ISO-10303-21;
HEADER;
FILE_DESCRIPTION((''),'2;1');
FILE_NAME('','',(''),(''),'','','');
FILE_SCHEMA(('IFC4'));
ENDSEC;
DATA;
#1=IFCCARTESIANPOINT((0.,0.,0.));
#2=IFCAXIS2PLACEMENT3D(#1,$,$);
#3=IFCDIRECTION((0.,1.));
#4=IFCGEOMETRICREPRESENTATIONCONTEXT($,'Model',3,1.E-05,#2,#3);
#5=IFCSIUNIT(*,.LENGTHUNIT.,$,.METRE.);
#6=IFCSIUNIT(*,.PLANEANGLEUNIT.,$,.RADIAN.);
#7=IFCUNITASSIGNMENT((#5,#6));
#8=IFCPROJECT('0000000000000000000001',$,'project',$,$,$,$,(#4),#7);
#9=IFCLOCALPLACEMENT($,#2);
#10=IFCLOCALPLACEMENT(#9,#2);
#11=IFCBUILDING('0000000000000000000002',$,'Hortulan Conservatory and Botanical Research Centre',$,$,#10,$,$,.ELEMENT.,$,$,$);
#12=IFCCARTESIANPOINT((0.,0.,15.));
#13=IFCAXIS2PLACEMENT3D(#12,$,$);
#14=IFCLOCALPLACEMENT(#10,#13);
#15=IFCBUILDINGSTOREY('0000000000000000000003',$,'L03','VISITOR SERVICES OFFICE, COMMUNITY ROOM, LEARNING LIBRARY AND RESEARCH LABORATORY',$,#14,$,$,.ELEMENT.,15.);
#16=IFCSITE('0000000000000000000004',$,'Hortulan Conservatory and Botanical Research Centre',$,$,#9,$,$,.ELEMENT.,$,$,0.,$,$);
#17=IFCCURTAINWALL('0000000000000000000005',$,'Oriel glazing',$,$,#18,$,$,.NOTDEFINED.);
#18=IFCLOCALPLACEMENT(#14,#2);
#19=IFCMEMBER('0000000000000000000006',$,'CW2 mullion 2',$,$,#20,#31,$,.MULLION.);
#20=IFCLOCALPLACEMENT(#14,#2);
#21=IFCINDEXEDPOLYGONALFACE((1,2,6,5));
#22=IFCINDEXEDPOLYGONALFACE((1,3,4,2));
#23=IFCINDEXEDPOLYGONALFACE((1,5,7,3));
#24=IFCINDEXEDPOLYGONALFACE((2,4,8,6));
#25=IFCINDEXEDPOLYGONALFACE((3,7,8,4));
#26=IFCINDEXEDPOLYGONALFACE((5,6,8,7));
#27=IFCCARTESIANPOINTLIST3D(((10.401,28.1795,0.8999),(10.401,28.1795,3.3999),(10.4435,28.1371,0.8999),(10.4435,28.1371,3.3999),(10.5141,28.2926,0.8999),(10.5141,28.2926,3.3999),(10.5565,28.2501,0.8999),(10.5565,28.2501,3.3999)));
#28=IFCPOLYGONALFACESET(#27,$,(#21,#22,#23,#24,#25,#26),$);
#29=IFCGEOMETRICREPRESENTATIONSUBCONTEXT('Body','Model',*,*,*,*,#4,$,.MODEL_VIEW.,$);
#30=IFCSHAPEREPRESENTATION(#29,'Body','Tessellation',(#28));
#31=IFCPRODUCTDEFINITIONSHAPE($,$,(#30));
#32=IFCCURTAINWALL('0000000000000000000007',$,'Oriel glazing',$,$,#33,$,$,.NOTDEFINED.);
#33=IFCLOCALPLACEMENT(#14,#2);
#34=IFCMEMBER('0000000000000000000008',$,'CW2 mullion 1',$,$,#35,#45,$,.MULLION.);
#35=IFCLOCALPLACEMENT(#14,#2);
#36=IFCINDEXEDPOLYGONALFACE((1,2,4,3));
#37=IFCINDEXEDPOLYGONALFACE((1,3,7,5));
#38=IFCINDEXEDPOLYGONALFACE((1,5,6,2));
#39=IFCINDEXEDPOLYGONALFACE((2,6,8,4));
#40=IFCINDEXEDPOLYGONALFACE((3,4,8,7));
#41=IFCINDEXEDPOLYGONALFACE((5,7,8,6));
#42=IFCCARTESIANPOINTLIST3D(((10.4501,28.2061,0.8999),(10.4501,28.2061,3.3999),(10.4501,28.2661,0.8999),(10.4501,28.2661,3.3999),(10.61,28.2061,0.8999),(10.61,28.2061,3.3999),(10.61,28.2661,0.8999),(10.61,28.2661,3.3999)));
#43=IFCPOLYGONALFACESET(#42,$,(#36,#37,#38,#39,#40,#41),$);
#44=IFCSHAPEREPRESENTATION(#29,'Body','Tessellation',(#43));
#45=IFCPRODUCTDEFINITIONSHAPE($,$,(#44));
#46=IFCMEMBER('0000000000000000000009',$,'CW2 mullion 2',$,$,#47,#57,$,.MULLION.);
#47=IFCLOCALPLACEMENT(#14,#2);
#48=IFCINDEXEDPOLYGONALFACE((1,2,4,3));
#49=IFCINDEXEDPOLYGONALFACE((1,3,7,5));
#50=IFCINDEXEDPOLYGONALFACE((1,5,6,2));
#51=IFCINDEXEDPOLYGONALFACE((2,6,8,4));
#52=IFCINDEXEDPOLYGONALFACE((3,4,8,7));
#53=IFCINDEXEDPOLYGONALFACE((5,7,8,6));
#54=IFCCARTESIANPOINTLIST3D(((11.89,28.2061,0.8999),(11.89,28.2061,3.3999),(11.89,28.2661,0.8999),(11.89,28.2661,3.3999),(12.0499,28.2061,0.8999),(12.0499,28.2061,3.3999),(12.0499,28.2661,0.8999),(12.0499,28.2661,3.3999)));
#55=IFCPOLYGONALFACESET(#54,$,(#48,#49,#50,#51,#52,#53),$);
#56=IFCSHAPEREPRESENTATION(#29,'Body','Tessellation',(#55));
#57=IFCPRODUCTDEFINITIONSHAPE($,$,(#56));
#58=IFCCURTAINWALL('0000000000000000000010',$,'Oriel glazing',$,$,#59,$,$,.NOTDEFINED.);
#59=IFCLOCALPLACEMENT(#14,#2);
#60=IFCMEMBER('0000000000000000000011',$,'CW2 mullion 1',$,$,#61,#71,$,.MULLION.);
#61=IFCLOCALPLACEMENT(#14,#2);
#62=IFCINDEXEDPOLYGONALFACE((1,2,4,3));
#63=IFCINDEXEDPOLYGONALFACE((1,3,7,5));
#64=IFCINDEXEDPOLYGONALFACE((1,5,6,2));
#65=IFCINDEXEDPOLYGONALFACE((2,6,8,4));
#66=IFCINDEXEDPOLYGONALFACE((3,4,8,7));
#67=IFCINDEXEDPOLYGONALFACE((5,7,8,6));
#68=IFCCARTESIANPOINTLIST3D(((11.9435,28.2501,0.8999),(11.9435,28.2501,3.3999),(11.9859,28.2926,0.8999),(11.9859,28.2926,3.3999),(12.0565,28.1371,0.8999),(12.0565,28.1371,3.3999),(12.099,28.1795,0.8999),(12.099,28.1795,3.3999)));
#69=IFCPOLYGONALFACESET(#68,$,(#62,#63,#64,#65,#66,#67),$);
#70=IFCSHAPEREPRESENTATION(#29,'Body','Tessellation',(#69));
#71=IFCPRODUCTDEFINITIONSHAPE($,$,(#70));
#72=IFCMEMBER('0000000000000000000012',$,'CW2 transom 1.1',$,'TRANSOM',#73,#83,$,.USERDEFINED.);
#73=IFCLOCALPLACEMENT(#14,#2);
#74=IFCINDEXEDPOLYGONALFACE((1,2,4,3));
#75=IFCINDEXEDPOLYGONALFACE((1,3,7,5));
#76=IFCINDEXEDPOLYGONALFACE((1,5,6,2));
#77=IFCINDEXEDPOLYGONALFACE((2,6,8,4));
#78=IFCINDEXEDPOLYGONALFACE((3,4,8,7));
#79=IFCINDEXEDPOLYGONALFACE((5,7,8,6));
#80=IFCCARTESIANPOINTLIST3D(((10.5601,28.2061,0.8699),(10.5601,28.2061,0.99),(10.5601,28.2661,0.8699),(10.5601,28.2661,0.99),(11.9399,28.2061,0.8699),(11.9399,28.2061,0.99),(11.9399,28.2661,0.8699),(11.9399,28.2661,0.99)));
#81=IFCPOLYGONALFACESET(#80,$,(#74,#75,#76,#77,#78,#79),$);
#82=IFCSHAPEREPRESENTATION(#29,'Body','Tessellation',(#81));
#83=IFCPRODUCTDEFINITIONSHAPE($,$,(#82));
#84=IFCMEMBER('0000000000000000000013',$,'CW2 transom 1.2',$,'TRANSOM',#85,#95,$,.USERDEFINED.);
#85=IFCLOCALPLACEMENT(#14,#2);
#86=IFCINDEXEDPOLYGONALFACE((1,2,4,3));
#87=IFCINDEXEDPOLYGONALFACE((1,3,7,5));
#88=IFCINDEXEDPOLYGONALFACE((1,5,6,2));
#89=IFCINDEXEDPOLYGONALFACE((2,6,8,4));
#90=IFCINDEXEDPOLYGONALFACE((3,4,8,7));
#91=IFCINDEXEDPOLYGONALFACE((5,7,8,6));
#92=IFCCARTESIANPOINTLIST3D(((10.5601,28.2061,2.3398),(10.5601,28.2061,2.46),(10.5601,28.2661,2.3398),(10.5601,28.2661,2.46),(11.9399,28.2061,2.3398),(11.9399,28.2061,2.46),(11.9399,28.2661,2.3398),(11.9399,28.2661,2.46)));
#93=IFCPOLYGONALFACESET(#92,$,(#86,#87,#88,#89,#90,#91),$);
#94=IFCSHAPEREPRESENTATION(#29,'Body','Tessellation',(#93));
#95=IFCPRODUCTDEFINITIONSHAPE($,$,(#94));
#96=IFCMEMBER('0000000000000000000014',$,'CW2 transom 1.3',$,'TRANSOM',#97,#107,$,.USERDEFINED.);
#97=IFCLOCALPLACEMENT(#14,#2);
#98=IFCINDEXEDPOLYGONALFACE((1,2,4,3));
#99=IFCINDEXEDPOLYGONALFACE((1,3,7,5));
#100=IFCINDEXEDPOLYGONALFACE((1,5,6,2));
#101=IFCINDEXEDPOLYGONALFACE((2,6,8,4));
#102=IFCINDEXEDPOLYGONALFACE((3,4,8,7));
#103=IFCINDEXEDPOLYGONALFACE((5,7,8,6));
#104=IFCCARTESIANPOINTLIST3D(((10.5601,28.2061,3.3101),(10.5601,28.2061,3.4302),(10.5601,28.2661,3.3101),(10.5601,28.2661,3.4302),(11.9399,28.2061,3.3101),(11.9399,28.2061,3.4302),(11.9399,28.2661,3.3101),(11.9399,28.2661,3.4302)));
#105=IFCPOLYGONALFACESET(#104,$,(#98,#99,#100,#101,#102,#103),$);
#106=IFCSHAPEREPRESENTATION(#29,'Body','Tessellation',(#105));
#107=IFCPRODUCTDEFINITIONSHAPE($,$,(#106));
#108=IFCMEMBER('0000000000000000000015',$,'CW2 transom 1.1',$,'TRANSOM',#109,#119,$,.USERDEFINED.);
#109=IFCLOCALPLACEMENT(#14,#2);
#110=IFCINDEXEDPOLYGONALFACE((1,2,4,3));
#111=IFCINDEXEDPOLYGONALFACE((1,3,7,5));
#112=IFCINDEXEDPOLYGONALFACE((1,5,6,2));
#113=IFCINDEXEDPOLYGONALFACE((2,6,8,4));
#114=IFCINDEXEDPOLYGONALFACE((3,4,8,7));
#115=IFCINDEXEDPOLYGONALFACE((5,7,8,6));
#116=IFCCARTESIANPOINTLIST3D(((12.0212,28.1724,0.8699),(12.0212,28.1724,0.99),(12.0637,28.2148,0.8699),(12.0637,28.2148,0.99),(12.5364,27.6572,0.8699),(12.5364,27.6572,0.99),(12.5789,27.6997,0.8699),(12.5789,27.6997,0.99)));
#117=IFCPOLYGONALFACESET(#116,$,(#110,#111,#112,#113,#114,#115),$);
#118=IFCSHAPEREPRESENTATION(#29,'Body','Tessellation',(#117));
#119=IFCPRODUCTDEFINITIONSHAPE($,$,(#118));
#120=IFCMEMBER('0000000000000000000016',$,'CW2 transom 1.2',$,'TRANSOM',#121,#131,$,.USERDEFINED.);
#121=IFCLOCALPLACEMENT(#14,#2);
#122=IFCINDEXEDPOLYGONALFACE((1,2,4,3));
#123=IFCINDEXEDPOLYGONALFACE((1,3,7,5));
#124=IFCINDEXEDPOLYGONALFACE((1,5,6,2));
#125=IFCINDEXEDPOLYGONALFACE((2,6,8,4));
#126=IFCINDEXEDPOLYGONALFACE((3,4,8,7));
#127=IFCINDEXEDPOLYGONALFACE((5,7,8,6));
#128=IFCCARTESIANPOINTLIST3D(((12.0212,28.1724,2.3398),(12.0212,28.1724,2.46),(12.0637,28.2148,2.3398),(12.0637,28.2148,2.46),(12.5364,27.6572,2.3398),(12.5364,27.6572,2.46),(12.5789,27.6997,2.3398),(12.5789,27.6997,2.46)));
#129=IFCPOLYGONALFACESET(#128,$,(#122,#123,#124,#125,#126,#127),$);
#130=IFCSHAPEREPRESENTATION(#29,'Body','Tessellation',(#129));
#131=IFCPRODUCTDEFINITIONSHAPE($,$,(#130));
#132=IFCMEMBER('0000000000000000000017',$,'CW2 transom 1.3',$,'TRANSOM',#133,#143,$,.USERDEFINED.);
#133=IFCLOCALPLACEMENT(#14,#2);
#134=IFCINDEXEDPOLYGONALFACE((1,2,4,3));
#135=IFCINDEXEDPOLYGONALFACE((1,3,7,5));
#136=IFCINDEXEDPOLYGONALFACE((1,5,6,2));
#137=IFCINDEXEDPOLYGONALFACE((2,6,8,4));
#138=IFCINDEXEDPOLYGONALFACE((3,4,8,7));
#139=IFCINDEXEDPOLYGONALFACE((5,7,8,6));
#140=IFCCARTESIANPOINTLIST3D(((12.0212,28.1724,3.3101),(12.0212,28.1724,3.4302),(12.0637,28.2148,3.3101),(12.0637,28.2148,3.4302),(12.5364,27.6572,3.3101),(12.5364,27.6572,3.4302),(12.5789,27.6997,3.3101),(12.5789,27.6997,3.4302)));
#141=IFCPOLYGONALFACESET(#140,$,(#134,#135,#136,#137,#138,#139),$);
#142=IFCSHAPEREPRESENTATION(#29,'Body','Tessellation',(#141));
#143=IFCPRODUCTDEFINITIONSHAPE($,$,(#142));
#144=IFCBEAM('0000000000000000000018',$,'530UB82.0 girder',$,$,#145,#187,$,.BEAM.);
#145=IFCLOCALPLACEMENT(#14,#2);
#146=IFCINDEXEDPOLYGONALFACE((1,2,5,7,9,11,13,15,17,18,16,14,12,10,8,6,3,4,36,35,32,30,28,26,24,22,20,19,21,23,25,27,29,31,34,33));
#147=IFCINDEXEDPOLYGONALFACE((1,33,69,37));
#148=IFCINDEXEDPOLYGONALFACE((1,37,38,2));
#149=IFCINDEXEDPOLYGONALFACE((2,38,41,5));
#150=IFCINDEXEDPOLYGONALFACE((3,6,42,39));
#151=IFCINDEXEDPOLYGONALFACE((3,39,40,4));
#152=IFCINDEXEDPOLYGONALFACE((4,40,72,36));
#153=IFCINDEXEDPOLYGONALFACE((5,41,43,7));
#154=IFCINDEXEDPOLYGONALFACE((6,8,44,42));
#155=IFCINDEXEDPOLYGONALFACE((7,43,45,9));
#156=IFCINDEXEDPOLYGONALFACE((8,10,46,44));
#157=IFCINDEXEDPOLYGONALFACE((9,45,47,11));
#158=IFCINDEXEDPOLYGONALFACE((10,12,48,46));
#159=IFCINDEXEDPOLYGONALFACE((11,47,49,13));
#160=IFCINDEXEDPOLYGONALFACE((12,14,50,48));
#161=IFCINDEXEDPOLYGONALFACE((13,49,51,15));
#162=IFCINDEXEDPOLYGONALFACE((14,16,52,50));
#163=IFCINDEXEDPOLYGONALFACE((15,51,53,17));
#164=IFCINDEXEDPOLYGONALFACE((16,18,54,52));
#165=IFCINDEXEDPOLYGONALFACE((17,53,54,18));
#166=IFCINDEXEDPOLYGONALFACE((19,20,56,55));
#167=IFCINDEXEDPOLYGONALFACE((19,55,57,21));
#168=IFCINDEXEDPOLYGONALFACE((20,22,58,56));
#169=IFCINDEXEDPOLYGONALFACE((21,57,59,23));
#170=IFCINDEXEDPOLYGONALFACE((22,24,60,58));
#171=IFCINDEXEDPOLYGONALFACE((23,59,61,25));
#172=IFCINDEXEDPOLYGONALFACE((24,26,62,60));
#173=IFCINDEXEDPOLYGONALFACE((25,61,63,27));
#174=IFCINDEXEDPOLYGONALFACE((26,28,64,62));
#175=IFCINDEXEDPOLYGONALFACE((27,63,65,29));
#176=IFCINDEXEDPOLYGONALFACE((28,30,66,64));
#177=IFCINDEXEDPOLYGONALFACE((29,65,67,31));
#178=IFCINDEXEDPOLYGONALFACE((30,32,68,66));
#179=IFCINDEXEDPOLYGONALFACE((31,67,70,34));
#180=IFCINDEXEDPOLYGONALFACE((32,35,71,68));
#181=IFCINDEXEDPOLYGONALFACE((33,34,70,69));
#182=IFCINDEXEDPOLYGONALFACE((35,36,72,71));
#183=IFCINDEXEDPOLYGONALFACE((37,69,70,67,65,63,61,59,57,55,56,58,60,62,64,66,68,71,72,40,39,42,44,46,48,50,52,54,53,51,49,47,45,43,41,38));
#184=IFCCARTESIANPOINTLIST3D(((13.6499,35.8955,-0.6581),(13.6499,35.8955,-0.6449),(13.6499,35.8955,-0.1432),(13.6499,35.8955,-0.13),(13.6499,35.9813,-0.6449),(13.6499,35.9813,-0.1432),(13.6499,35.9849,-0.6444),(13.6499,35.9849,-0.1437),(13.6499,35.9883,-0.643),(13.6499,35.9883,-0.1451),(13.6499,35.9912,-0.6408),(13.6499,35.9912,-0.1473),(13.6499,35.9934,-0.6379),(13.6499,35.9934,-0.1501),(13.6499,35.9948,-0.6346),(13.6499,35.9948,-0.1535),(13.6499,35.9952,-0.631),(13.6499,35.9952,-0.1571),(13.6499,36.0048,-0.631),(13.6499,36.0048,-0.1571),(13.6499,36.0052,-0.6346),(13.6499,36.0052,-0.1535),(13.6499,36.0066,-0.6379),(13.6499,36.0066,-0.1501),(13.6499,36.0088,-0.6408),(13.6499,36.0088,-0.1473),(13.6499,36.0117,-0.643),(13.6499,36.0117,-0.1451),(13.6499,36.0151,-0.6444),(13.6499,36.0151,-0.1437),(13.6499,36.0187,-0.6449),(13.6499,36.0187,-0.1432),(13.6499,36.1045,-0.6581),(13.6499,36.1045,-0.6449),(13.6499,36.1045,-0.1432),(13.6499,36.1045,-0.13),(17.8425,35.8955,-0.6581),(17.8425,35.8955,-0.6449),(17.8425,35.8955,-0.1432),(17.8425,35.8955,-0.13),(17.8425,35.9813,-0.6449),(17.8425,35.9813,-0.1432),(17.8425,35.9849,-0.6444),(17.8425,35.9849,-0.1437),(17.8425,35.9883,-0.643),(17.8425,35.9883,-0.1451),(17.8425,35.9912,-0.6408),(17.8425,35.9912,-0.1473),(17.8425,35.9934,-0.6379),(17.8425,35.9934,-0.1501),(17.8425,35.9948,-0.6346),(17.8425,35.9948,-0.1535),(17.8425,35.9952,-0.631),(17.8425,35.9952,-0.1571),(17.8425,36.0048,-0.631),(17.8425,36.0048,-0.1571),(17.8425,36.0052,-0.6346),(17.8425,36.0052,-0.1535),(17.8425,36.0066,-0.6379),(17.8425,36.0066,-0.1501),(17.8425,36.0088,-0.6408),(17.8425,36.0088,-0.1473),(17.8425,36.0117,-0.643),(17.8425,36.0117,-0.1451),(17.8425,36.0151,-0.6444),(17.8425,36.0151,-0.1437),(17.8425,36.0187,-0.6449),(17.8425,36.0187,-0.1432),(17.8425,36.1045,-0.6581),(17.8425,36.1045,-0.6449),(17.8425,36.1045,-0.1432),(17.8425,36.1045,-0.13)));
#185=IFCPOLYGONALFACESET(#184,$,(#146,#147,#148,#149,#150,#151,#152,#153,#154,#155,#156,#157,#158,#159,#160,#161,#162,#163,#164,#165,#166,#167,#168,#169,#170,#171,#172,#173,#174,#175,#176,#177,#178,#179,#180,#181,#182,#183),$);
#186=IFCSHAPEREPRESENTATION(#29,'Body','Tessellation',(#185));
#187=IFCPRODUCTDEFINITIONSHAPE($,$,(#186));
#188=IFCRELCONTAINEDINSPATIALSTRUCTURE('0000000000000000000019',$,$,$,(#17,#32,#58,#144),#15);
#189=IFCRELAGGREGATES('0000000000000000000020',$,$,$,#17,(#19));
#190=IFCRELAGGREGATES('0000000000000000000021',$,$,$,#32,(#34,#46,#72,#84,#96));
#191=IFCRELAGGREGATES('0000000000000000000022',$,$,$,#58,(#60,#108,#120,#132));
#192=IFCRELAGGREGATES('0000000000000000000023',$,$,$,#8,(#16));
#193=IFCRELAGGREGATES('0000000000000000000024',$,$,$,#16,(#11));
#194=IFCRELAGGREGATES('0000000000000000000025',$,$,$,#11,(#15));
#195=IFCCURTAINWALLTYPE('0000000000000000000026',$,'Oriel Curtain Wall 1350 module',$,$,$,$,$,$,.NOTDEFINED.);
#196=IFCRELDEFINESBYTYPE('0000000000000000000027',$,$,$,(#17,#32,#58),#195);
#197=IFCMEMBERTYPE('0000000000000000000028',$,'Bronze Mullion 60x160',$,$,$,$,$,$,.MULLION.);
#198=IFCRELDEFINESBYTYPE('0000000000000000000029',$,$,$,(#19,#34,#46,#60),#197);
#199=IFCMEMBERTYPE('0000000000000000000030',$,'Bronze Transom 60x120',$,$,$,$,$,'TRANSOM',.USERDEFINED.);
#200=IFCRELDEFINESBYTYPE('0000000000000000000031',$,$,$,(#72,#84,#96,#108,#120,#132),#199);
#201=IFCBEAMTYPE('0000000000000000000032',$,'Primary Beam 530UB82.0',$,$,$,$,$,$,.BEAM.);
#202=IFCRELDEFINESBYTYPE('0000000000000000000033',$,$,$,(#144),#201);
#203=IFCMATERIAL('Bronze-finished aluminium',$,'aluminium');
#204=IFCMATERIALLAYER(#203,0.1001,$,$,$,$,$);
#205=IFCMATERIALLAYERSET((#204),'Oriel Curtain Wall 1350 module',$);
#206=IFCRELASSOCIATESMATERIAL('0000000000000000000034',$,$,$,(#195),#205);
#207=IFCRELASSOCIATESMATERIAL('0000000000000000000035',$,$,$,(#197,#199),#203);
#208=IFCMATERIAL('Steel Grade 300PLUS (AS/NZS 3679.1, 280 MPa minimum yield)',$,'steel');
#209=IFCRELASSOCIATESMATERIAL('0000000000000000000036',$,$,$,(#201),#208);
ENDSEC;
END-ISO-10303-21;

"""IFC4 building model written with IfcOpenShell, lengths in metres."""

from ifc_helpers import new_model, si_unit, direction, frame, origin, origin_2d, place, context, subcontext, project, spatial, rectangle, i_section, extrude, material, layer, layer_set, material_profile, profile_set, type_object, element, aggregate, save


model = new_model("IFC4")

# Units and contexts
model_context = context("Model", 3, precision=1e-05, world=origin(), true_north=direction((0.0, 1.0)))
body_context = subcontext(model_context, "Body", "Model", "MODEL_VIEW")
ifc_project = project(units=[si_unit("LENGTHUNIT", "METRE"), si_unit("PLANEANGLEUNIT", "RADIAN")], contexts=[model_context])

# Site, building, storey
site_placement = place(None, origin())
site = spatial("IfcSite", under=ifc_project, at=site_placement, Name="Hortulan Conservatory and Botanical Research Centre", CompositionType="ELEMENT", RefElevation=0.0)
building_placement = place(site_placement, origin())
building = spatial("IfcBuilding", under=site, at=building_placement, Name="Hortulan Conservatory and Botanical Research Centre", CompositionType="ELEMENT")
storey_placement = place(building_placement, frame((0.0, 0.0, 15.0)))
storey = spatial("IfcBuildingStorey", under=building, at=storey_placement, Name="L03", Description="VISITOR SERVICES OFFICE, COMMUNITY ROOM, LEARNING LIBRARY AND RESEARCH LABORATORY", CompositionType="ELEMENT", Elevation=15.0)

# Curtain wall, member
ifc_material_1 = material(Name="Bronze-finished aluminium", Category="aluminium")
ifc_layer_1 = layer(ifc_material_1, 0.1001)
ifc_layer_set_1 = layer_set([ifc_layer_1], Name="Oriel Curtain Wall 1350 module")
curtain_wall_type = type_object("IfcCurtainWallType", Name="Oriel Curtain Wall 1350 module", PredefinedType="NOTDEFINED", material=ifc_layer_set_1)
curtain_wall_1_placement = place(storey_placement, origin())
curtain_wall_1 = element("IfcCurtainWall", 1, at=curtain_wall_1_placement, inside=storey, type_object=curtain_wall_type, Name="Oriel glazing", PredefinedType="NOTDEFINED")
ifc_material_profile_1 = material_profile(ifc_material_1, rectangle(XDim=0.0601, YDim=0.1599, at=origin_2d()), Name="Bronze Mullion 60x160")
ifc_profile_set_1 = profile_set([ifc_material_profile_1], Name="Bronze-finished aluminium")
member_type_1 = type_object("IfcMemberType", Name="Bronze Mullion 60x160", PredefinedType="MULLION", material=ifc_profile_set_1)
member_1_placement = place(storey_placement, frame((10.4788, 28.2148, 0.8999), z_axis=(0.0, 0.0, 1.0), x_axis=(-0.707107, 0.707107, 0.0)))
member_1 = element("IfcMember", 2, at=member_1_placement, type_object=member_type_1, Name="CW2 mullion 2", PredefinedType="MULLION", context=body_context, shape_type="SweptSolid", body=[
    extrude(rectangle(XDim=0.0601, YDim=0.1599, at=origin_2d()), origin(), (0.0, 0.0, 1.0), 2.5),
])

# Curtain wall, members
curtain_wall_2_placement = place(storey_placement, origin())
curtain_wall_2 = element("IfcCurtainWall", 3, at=curtain_wall_2_placement, inside=storey, type_object=curtain_wall_type, Name="Oriel glazing", PredefinedType="NOTDEFINED")
member_2_placement = place(storey_placement, frame((10.53, 28.2361, 0.8999), z_axis=(0.0, 0.0, 1.0), x_axis=(0.0, 1.0, 0.0)))
member_2 = element("IfcMember", 4, at=member_2_placement, type_object=member_type_1, Name="CW2 mullion 1", PredefinedType="MULLION", context=body_context, shape_type="SweptSolid", body=[
    extrude(rectangle(XDim=0.0601, YDim=0.1599, at=origin_2d()), origin(), (0.0, 0.0, 1.0), 2.5),
])
member_3_placement = place(storey_placement, frame((11.97, 28.2361, 0.8999), z_axis=(0.0, 0.0, 1.0), x_axis=(0.0, 1.0, 0.0)))
member_3 = element("IfcMember", 5, at=member_3_placement, type_object=member_type_1, Name="CW2 mullion 2", PredefinedType="MULLION", context=body_context, shape_type="SweptSolid", body=[
    extrude(rectangle(XDim=0.0601, YDim=0.1599, at=origin_2d()), origin(), (0.0, 0.0, 1.0), 2.5),
])

# Curtain wall, member
curtain_wall_3_placement = place(storey_placement, origin())
curtain_wall_3 = element("IfcCurtainWall", 6, at=curtain_wall_3_placement, inside=storey, type_object=curtain_wall_type, Name="Oriel glazing", PredefinedType="NOTDEFINED")
member_4_placement = place(storey_placement, frame((12.0212, 28.2148, 0.8999), z_axis=(0.0, 0.0, 1.0), x_axis=(0.707107, 0.707107, 0.0)))
member_4 = element("IfcMember", 7, at=member_4_placement, type_object=member_type_1, Name="CW2 mullion 1", PredefinedType="MULLION", context=body_context, shape_type="SweptSolid", body=[
    extrude(rectangle(XDim=0.0601, YDim=0.1599, at=origin_2d()), origin(), (0.0, 0.0, 1.0), 2.5),
])

# Members
ifc_material_profile_2 = material_profile(ifc_material_1, rectangle(XDim=0.0601, YDim=0.1201, at=origin_2d()), Name="Bronze Transom 60x120")
ifc_profile_set_2 = profile_set([ifc_material_profile_2], Name="Bronze-finished aluminium")
member_type_2 = type_object("IfcMemberType", Name="Bronze Transom 60x120", ElementType="TRANSOM", PredefinedType="USERDEFINED", material=ifc_profile_set_2)
member_5_placement = place(storey_placement, frame((10.5601, 28.2361, 0.9299), z_axis=(1.0, 0.0, 0.0), x_axis=(0.0, 1.0, 0.0)))
member_5 = element("IfcMember", 8, at=member_5_placement, type_object=member_type_2, Name="CW2 transom 1.1", ObjectType="TRANSOM", PredefinedType="USERDEFINED", context=body_context, shape_type="SweptSolid", body=[
    extrude(rectangle(XDim=0.0601, YDim=0.1201, at=origin_2d()), origin(), (0.0, 0.0, 1.0), 1.3799),
])
member_6_placement = place(storey_placement, frame((10.5601, 28.2361, 2.3999), z_axis=(1.0, 0.0, 0.0), x_axis=(0.0, 1.0, 0.0)))
member_6 = element("IfcMember", 9, at=member_6_placement, type_object=member_type_2, Name="CW2 transom 1.2", ObjectType="TRANSOM", PredefinedType="USERDEFINED", context=body_context, shape_type="SweptSolid", body=[
    extrude(rectangle(XDim=0.0601, YDim=0.1201, at=origin_2d()), origin(), (0.0, 0.0, 1.0), 1.3799),
])
member_7_placement = place(storey_placement, frame((10.5601, 28.2361, 3.3701), z_axis=(1.0, 0.0, 0.0), x_axis=(0.0, 1.0, 0.0)))
member_7 = element("IfcMember", 10, at=member_7_placement, type_object=member_type_2, Name="CW2 transom 1.3", ObjectType="TRANSOM", PredefinedType="USERDEFINED", context=body_context, shape_type="SweptSolid", body=[
    extrude(rectangle(XDim=0.0601, YDim=0.1201, at=origin_2d()), origin(), (0.0, 0.0, 1.0), 1.3799),
])
member_8_placement = place(storey_placement, frame((12.0425, 28.1936, 0.9299), z_axis=(0.707107, -0.707107, 0.0), x_axis=(0.707107, 0.707107, 0.0)))
member_8 = element("IfcMember", 11, at=member_8_placement, type_object=member_type_2, Name="CW2 transom 1.1", ObjectType="TRANSOM", PredefinedType="USERDEFINED", context=body_context, shape_type="SweptSolid", body=[
    extrude(rectangle(XDim=0.0601, YDim=0.1201, at=origin_2d()), origin(), (0.0, 0.0, 1.0), 0.7285),
])
member_9_placement = place(storey_placement, frame((12.0425, 28.1936, 2.3999), z_axis=(0.707107, -0.707107, 0.0), x_axis=(0.707107, 0.707107, 0.0)))
member_9 = element("IfcMember", 12, at=member_9_placement, type_object=member_type_2, Name="CW2 transom 1.2", ObjectType="TRANSOM", PredefinedType="USERDEFINED", context=body_context, shape_type="SweptSolid", body=[
    extrude(rectangle(XDim=0.0601, YDim=0.1201, at=origin_2d()), origin(), (0.0, 0.0, 1.0), 0.7285),
])
member_10_placement = place(storey_placement, frame((12.0425, 28.1936, 3.3701), z_axis=(0.707107, -0.707107, 0.0), x_axis=(0.707107, 0.707107, 0.0)))
member_10 = element("IfcMember", 13, at=member_10_placement, type_object=member_type_2, Name="CW2 transom 1.3", ObjectType="TRANSOM", PredefinedType="USERDEFINED", context=body_context, shape_type="SweptSolid", body=[
    extrude(rectangle(XDim=0.0601, YDim=0.1201, at=origin_2d()), origin(), (0.0, 0.0, 1.0), 0.7285),
])

# Beam
ifc_material_2 = material(Name="Steel Grade 300PLUS (AS/NZS 3679.1, 280 MPa minimum yield)", Category="steel")
ifc_material_profile_3 = material_profile(ifc_material_2, i_section(OverallWidth=0.209, OverallDepth=0.5281, WebThickness=0.0095, FlangeThickness=0.0132, FilletRadius=0.0139, at=origin_2d()), Name="530UB82.0")
ifc_profile_set_3 = profile_set([ifc_material_profile_3], Name="Steel Grade 300PLUS (AS/NZS 3679.1, 280 MPa minimum yield)")
beam_type = type_object("IfcBeamType", Name="Primary Beam 530UB82.0", PredefinedType="BEAM", material=ifc_profile_set_3)
beam_placement = place(storey_placement, frame((13.6499, 36.0, -0.394), z_axis=(1.0, 0.0, 0.0), x_axis=(0.0, 1.0, 0.0)))
element("IfcBeam", 14, at=beam_placement, inside=storey, type_object=beam_type, Name="530UB82.0 girder", PredefinedType="BEAM", context=body_context, shape_type="SweptSolid", body=[
    extrude(i_section(OverallWidth=0.209, OverallDepth=0.5281, WebThickness=0.0095, FlangeThickness=0.0132, FilletRadius=0.0139, at=origin_2d()), origin(), (0.0, 0.0, 1.0), 4.1926),
])

aggregate(curtain_wall_1, [member_1])
aggregate(curtain_wall_2, [member_2, member_3, member_5, member_6, member_7])
aggregate(curtain_wall_3, [member_4, member_8, member_9, member_10])

save(model, "model.ifc")
